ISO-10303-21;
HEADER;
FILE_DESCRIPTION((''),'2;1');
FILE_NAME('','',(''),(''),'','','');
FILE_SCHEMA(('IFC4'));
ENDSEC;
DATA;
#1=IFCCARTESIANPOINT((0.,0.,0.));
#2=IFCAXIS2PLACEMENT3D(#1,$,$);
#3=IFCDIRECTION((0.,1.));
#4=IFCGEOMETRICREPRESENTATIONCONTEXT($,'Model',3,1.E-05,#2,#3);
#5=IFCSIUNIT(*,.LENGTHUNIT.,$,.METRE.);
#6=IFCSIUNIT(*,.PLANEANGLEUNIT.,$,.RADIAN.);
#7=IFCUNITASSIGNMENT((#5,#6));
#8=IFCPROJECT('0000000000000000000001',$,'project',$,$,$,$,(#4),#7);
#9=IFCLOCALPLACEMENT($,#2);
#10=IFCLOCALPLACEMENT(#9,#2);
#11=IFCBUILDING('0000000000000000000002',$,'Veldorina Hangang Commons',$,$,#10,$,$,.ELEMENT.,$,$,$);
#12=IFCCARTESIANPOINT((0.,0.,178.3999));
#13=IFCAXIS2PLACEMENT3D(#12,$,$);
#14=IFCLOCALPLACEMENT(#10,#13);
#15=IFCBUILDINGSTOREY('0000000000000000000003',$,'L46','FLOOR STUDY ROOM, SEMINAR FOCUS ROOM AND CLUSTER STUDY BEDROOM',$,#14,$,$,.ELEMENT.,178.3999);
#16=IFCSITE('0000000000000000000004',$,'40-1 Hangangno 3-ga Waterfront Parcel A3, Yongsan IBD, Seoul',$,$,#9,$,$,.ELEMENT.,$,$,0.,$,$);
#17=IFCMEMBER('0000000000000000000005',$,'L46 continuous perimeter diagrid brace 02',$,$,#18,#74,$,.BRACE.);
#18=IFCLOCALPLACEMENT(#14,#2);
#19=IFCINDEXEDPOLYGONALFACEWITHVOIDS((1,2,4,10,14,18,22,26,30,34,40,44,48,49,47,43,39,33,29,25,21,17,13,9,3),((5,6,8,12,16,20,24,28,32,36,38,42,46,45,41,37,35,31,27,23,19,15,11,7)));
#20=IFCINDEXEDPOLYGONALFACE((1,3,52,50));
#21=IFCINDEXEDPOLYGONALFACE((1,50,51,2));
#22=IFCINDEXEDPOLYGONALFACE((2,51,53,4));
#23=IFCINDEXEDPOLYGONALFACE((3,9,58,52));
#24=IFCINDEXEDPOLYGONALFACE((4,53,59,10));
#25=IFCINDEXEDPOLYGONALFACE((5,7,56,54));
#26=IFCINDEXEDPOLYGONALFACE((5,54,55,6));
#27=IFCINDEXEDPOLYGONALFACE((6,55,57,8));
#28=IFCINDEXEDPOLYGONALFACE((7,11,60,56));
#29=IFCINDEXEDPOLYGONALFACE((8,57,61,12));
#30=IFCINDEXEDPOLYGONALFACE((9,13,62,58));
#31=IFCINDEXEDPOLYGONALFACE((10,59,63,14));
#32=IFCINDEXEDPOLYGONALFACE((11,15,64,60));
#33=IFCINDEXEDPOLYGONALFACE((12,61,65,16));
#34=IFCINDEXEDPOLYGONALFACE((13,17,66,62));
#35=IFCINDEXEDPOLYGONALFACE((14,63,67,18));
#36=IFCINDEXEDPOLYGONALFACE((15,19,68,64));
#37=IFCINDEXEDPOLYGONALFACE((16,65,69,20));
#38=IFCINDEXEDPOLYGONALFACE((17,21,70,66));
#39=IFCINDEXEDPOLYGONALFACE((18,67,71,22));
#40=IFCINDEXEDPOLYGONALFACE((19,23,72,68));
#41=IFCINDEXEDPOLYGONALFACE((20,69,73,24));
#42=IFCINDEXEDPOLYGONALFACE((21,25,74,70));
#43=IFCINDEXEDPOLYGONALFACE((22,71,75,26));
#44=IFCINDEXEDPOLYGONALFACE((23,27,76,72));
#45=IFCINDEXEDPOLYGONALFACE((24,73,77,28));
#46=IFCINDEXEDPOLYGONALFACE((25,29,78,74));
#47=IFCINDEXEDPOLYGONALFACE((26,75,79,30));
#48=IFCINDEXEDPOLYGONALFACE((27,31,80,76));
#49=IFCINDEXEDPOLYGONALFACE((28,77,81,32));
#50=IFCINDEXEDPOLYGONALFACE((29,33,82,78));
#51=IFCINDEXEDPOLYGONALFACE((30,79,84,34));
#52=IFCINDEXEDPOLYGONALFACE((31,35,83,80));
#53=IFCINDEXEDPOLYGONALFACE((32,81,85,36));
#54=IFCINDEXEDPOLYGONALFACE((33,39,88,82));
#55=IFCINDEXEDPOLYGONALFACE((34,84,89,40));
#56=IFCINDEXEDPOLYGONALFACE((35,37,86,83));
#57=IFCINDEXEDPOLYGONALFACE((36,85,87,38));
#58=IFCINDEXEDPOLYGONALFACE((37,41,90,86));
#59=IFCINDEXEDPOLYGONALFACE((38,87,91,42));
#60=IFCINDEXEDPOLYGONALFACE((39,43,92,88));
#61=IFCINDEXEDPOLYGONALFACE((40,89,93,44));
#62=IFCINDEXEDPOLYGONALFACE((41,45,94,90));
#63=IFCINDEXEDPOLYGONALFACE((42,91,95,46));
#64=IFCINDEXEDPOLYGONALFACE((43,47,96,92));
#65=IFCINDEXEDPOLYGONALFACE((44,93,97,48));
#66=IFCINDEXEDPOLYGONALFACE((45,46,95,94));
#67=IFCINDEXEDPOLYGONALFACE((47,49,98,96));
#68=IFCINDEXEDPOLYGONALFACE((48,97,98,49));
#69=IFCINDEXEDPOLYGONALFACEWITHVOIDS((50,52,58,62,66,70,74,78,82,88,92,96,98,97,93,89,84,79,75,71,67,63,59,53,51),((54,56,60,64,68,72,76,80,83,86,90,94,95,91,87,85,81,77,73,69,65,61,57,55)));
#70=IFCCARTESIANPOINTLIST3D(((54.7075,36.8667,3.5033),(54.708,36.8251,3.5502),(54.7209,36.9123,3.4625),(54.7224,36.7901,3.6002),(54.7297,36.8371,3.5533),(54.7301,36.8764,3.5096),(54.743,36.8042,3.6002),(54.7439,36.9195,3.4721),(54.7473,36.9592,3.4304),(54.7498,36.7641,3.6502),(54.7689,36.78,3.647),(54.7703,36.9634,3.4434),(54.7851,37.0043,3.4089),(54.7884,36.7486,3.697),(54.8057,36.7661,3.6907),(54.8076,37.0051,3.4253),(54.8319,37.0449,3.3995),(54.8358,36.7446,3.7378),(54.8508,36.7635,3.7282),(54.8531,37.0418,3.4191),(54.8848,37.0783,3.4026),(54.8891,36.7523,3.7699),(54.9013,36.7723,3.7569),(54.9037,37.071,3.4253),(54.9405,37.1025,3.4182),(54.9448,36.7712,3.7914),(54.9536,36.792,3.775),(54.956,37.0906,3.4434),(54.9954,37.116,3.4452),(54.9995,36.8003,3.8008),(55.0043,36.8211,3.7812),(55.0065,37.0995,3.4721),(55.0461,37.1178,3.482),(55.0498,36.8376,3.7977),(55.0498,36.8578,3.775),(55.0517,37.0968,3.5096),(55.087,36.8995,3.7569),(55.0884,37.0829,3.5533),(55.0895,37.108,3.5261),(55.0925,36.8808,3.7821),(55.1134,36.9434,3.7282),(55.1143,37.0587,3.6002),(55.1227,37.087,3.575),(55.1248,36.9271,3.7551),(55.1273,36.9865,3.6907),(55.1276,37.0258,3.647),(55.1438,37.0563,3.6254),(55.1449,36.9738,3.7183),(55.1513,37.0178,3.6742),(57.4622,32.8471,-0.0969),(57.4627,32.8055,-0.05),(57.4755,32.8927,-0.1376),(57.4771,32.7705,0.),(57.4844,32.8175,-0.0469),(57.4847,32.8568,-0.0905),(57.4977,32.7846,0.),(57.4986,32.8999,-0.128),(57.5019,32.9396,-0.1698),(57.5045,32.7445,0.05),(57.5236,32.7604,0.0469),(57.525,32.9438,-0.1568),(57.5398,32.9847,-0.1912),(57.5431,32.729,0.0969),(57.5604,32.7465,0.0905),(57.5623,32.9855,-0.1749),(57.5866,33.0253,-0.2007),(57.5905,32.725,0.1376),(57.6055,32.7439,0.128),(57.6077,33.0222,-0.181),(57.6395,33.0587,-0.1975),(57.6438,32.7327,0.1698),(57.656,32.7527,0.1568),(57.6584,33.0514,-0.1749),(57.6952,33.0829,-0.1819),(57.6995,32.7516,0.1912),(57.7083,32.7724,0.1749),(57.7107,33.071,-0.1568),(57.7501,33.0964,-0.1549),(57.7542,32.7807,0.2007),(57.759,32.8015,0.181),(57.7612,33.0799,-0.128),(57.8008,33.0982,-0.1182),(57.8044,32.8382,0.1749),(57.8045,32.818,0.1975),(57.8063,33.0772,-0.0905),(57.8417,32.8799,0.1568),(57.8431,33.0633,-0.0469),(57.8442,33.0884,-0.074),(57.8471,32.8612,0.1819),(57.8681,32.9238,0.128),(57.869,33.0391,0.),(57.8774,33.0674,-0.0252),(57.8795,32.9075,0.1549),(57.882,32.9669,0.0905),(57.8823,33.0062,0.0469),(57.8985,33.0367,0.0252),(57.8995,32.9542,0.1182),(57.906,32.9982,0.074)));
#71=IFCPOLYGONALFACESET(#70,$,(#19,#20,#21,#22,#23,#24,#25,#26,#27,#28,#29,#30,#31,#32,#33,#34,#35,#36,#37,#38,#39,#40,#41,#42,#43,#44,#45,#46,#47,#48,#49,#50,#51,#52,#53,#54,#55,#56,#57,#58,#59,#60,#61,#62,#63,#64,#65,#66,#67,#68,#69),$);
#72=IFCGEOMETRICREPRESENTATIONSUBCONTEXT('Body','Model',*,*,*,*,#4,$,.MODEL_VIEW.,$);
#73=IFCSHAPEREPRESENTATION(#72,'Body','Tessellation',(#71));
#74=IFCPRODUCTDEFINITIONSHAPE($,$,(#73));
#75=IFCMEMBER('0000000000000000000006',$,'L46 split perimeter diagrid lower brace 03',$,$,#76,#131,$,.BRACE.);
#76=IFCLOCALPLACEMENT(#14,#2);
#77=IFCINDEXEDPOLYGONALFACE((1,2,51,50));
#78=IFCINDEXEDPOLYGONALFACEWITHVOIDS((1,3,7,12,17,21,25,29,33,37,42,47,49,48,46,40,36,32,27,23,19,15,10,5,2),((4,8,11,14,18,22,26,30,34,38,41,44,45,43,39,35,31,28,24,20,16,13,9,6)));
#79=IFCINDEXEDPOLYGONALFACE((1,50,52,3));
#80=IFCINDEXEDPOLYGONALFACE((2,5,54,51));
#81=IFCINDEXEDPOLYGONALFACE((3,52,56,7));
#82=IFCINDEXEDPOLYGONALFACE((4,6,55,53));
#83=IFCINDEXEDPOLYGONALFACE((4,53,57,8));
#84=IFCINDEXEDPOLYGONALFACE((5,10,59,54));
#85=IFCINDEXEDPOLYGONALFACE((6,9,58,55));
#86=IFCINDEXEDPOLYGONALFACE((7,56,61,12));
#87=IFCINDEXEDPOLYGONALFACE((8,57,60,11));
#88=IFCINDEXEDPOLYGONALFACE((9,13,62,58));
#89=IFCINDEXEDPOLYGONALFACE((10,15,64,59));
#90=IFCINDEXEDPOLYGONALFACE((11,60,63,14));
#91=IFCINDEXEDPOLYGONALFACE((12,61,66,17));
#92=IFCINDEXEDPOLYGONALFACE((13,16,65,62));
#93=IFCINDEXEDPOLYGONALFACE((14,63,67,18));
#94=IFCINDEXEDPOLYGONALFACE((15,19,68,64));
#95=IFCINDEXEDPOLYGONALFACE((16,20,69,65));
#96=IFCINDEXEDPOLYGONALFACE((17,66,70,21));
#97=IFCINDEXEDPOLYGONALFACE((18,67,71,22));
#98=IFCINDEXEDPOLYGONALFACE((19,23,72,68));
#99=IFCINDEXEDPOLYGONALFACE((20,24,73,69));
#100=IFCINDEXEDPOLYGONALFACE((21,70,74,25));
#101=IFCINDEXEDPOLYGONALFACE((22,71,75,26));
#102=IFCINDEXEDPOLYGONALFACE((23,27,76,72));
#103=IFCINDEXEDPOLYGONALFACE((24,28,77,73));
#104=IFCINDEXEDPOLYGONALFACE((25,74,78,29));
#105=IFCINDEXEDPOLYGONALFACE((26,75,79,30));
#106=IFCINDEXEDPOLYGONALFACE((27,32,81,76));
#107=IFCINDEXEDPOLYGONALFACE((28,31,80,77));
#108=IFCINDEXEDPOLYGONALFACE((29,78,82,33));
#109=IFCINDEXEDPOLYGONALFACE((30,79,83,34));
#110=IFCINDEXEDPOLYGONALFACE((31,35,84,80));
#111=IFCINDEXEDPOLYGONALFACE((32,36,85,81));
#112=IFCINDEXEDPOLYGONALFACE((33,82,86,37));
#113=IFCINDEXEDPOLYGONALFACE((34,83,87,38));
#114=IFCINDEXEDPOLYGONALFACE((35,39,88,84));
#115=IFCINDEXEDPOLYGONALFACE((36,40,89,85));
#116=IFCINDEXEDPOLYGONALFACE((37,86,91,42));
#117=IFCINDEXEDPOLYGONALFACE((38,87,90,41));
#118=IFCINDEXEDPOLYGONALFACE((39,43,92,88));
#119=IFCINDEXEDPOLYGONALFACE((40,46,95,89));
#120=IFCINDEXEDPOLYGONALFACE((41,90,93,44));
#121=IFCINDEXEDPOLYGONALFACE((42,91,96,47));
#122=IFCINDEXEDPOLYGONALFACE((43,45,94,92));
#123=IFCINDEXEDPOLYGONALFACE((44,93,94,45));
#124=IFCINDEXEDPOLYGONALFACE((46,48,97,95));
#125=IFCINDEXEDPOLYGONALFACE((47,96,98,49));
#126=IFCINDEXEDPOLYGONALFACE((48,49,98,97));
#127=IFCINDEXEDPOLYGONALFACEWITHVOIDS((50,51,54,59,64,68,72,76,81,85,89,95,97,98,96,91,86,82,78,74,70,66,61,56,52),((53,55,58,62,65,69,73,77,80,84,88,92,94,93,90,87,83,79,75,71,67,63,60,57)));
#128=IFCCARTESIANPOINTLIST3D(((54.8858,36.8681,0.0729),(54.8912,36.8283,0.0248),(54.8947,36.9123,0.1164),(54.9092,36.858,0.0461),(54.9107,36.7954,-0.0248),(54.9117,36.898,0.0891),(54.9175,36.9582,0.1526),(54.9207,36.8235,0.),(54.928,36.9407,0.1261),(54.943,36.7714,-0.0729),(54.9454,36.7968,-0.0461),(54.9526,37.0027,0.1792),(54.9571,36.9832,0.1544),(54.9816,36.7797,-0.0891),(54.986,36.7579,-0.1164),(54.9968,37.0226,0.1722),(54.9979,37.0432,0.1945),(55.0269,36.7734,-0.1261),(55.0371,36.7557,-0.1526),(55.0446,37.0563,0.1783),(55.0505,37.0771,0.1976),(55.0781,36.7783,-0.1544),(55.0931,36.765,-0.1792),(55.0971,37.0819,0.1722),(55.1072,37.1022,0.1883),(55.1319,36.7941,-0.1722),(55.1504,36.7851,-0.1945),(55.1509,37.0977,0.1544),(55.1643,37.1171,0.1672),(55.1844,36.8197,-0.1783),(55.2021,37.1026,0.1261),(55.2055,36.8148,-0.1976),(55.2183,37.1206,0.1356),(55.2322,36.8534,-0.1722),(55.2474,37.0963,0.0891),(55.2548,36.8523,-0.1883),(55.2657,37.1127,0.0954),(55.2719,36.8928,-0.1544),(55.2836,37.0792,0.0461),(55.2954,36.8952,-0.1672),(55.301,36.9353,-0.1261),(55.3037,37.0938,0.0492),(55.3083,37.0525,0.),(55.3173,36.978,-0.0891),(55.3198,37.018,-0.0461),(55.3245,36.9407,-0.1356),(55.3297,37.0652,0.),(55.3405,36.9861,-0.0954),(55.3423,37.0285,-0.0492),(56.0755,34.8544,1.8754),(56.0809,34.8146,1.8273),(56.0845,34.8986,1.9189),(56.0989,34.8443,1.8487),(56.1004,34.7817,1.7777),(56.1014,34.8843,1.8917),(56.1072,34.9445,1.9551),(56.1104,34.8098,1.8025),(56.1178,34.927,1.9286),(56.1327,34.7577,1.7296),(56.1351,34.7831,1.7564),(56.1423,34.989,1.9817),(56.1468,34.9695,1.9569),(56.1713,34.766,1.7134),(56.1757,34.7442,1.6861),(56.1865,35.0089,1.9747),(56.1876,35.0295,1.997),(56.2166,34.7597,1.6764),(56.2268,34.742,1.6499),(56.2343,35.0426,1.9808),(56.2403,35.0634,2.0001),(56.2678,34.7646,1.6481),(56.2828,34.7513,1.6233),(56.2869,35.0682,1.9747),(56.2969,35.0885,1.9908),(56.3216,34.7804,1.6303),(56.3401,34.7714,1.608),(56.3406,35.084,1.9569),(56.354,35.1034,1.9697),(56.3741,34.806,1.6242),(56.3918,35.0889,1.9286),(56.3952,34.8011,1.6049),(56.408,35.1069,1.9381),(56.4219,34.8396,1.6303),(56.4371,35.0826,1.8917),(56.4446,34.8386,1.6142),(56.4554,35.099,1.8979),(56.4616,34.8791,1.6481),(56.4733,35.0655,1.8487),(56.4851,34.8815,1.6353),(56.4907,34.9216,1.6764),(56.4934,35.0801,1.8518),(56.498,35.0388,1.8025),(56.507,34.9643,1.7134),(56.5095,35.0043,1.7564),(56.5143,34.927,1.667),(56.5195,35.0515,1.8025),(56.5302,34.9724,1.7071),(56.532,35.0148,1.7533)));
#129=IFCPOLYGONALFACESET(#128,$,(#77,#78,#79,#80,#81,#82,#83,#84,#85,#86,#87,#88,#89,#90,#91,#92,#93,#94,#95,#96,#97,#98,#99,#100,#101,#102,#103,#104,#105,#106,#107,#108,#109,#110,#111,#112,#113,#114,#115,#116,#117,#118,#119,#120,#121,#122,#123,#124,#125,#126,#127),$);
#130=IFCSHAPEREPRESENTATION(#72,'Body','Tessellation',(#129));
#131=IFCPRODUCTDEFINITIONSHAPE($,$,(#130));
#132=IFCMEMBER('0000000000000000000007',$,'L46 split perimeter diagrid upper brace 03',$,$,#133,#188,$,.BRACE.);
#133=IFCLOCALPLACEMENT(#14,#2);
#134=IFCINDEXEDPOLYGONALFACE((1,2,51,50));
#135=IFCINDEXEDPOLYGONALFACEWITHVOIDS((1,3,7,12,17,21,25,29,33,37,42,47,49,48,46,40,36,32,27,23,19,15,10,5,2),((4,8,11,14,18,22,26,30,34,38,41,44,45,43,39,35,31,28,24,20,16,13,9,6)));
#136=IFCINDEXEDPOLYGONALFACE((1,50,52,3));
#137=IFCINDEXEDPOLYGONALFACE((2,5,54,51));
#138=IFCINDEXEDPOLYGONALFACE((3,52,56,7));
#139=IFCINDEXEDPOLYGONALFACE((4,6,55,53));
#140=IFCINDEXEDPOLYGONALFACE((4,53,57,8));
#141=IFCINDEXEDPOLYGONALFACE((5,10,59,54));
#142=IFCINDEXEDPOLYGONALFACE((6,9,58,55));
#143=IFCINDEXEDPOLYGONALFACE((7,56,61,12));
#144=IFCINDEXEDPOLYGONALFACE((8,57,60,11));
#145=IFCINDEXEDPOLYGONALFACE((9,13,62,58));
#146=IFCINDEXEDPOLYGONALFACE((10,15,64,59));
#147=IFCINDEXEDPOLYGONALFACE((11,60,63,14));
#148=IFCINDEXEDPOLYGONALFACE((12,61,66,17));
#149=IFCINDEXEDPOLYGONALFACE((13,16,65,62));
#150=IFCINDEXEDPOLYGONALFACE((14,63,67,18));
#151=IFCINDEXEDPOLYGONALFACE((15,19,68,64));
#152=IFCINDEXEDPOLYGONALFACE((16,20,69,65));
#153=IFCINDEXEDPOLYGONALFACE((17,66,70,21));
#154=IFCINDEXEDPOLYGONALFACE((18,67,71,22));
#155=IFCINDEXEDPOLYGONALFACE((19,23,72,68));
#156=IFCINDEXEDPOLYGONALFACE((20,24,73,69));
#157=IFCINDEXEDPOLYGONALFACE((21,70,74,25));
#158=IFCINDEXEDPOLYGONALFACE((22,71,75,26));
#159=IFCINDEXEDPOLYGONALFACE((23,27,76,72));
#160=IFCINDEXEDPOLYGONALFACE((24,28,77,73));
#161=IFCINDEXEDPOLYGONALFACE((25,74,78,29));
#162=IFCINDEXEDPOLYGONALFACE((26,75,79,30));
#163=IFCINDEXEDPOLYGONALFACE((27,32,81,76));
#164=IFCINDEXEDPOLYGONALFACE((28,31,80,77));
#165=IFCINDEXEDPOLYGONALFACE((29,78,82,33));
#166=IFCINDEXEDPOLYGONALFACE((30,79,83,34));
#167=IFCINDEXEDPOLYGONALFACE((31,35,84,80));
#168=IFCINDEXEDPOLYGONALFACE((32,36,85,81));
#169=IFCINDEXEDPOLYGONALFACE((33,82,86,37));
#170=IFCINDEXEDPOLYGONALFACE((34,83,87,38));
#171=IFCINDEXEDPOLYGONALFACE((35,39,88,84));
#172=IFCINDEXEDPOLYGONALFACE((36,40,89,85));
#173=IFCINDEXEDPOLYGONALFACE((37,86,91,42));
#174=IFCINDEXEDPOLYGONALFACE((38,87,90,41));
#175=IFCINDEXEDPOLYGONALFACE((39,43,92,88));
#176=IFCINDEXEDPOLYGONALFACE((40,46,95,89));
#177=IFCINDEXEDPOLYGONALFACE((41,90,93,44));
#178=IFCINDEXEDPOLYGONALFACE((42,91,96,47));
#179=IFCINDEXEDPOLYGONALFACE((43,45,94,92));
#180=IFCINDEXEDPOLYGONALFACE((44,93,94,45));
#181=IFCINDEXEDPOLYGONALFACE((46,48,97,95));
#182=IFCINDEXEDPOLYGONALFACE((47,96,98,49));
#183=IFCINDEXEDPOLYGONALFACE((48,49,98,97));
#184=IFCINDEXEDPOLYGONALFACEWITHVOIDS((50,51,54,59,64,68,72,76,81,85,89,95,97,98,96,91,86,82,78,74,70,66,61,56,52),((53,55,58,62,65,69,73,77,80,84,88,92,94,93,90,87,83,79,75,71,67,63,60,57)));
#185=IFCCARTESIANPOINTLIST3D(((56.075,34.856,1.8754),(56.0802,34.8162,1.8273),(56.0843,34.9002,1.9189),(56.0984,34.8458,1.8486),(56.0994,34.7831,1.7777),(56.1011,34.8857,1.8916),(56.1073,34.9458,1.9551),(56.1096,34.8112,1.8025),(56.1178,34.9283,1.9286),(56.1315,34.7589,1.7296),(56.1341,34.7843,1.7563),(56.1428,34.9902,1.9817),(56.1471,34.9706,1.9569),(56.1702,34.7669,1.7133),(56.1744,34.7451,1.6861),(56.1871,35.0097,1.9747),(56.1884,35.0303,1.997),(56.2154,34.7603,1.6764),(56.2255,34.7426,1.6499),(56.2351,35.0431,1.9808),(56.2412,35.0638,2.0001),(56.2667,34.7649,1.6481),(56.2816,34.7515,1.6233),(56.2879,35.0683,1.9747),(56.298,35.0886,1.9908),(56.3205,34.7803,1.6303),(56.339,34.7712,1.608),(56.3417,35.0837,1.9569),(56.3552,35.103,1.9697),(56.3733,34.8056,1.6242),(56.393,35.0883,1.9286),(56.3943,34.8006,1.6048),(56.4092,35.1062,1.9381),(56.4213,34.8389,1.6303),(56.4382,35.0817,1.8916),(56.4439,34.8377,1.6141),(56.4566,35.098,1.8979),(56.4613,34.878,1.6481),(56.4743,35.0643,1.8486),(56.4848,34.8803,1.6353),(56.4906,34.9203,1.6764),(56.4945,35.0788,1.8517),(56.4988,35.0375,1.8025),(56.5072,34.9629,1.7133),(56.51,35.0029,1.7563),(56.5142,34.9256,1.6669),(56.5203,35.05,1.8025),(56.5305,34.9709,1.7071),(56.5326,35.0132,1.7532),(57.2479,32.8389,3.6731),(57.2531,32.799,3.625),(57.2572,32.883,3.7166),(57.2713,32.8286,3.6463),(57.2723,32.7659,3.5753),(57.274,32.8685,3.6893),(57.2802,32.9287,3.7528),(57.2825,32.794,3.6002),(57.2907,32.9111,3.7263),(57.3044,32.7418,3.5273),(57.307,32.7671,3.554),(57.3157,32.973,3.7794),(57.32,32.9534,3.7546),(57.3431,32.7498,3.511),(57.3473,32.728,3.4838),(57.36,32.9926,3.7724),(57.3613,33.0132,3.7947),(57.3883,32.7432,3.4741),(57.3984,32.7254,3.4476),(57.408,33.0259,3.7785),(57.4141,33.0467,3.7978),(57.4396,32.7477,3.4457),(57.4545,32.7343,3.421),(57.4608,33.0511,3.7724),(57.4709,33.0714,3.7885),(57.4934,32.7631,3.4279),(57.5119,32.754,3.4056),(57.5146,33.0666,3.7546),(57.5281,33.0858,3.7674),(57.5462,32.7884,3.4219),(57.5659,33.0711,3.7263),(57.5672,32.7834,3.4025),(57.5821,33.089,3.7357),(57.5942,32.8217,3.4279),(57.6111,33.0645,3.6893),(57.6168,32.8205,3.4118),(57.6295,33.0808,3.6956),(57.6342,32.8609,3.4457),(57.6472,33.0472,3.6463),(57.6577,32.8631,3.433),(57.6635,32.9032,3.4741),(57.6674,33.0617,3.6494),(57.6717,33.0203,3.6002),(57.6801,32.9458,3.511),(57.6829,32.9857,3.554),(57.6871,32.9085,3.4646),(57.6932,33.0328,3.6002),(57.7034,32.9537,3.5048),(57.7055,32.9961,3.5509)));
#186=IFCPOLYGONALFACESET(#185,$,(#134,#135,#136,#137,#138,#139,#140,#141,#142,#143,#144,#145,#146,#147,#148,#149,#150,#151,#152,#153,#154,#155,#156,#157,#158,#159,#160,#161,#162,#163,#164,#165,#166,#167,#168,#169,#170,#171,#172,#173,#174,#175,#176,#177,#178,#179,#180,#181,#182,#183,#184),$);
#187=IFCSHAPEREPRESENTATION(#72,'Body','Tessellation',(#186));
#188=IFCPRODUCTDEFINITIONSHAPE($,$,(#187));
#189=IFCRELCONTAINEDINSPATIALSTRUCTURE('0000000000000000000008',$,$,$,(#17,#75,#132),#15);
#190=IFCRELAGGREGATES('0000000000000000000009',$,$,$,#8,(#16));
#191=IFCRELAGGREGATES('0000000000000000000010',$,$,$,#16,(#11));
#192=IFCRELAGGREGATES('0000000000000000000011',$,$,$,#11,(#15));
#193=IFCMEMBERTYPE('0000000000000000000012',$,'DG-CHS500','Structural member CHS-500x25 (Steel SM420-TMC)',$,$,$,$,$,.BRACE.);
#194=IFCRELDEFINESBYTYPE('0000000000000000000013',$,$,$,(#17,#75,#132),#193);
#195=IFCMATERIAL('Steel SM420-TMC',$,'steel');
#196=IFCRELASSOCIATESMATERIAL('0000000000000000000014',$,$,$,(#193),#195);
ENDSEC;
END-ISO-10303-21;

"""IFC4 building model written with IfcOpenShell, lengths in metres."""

from ifc_helpers import new_model, si_unit, direction, frame, origin, origin_2d, place, context, subcontext, project, spatial, hollow_circle, extrude, material, material_profile, profile_set, type_object, element, save


model = new_model("IFC4")

# Units and contexts
model_context = context("Model", 3, precision=1e-05, world=origin(), true_north=direction((0.0, 1.0)))
body_context = subcontext(model_context, "Body", "Model", "MODEL_VIEW")
ifc_project = project(units=[si_unit("LENGTHUNIT", "METRE"), si_unit("PLANEANGLEUNIT", "RADIAN")], contexts=[model_context])

# Site, building, storey
site_placement = place(None, origin())
site = spatial("IfcSite", under=ifc_project, at=site_placement, Name="40-1 Hangangno 3-ga Waterfront Parcel A3, Yongsan IBD, Seoul", CompositionType="ELEMENT", RefElevation=0.0)
building_placement = place(site_placement, origin())
building = spatial("IfcBuilding", under=site, at=building_placement, Name="Veldorina Hangang Commons", CompositionType="ELEMENT")
storey_placement = place(building_placement, frame((0.0, 0.0, 178.3999)))
storey = spatial("IfcBuildingStorey", under=building, at=storey_placement, Name="L46", Description="FLOOR STUDY ROOM, SEMINAR FOCUS ROOM AND CLUSTER STUDY BEDROOM", CompositionType="ELEMENT", Elevation=178.3999)

# Shared definitions
ifc_material_1 = material(Name="Steel SM420-TMC", Category="steel")

# Members
ifc_material_profile_1 = material_profile(ifc_material_1, hollow_circle(Radius=0.25, WallThickness=0.0249, at=origin_2d()), Name="CHS-500x25")
ifc_profile_set_1 = profile_set([ifc_material_profile_1], Name="Steel SM420-TMC")
member_type = type_object("IfcMemberType", Name="DG-CHS500", Description="Structural member CHS-500x25 (Steel SM420-TMC)", PredefinedType="BRACE", material=ifc_profile_set_1)
member_1_placement = place(storey_placement, frame((57.6833, 32.9119, 0.0), z_axis=(-0.454674, 0.663454, 0.594223), x_axis=(-0.824883, -0.565303, 0.0)))
element("IfcMember", 1, at=member_1_placement, inside=storey, type_object=member_type, Name="L46 continuous perimeter diagrid brace 02", PredefinedType="BRACE", context=body_context, shape_type="SweptSolid", body=[
    extrude(hollow_circle(Radius=0.25, WallThickness=0.0249, at=origin_2d()), origin(), (0.0, 0.0, 1.0), 6.0586),
])
member_2_placement = place(storey_placement, frame((55.1145, 36.938, 0.0), z_axis=(0.4029, -0.681946, 0.610427), x_axis=(0.860964, 0.508666, 0.0)))
element("IfcMember", 2, at=member_2_placement, inside=storey, type_object=member_type, Name="L46 split perimeter diagrid lower brace 03", PredefinedType="BRACE", context=body_context, shape_type="SweptSolid", body=[
    extrude(hollow_circle(Radius=0.25, WallThickness=0.0249, at=origin_2d()), origin(), (0.0, 0.0, 1.0), 2.9529),
])
member_3_placement = place(storey_placement, frame((56.3042, 34.9243, 1.8025), z_axis=(0.398192, -0.684818, 0.610302), x_axis=(0.864484, 0.50266, 0.0)))
element("IfcMember", 3, at=member_3_placement, inside=storey, type_object=member_type, Name="L46 split perimeter diagrid upper brace 03", PredefinedType="BRACE", context=body_context, shape_type="SweptSolid", body=[
    extrude(hollow_circle(Radius=0.25, WallThickness=0.0249, at=origin_2d()), origin(), (0.0, 0.0, 1.0), 2.9456),
])

save(model, "model.ifc")
